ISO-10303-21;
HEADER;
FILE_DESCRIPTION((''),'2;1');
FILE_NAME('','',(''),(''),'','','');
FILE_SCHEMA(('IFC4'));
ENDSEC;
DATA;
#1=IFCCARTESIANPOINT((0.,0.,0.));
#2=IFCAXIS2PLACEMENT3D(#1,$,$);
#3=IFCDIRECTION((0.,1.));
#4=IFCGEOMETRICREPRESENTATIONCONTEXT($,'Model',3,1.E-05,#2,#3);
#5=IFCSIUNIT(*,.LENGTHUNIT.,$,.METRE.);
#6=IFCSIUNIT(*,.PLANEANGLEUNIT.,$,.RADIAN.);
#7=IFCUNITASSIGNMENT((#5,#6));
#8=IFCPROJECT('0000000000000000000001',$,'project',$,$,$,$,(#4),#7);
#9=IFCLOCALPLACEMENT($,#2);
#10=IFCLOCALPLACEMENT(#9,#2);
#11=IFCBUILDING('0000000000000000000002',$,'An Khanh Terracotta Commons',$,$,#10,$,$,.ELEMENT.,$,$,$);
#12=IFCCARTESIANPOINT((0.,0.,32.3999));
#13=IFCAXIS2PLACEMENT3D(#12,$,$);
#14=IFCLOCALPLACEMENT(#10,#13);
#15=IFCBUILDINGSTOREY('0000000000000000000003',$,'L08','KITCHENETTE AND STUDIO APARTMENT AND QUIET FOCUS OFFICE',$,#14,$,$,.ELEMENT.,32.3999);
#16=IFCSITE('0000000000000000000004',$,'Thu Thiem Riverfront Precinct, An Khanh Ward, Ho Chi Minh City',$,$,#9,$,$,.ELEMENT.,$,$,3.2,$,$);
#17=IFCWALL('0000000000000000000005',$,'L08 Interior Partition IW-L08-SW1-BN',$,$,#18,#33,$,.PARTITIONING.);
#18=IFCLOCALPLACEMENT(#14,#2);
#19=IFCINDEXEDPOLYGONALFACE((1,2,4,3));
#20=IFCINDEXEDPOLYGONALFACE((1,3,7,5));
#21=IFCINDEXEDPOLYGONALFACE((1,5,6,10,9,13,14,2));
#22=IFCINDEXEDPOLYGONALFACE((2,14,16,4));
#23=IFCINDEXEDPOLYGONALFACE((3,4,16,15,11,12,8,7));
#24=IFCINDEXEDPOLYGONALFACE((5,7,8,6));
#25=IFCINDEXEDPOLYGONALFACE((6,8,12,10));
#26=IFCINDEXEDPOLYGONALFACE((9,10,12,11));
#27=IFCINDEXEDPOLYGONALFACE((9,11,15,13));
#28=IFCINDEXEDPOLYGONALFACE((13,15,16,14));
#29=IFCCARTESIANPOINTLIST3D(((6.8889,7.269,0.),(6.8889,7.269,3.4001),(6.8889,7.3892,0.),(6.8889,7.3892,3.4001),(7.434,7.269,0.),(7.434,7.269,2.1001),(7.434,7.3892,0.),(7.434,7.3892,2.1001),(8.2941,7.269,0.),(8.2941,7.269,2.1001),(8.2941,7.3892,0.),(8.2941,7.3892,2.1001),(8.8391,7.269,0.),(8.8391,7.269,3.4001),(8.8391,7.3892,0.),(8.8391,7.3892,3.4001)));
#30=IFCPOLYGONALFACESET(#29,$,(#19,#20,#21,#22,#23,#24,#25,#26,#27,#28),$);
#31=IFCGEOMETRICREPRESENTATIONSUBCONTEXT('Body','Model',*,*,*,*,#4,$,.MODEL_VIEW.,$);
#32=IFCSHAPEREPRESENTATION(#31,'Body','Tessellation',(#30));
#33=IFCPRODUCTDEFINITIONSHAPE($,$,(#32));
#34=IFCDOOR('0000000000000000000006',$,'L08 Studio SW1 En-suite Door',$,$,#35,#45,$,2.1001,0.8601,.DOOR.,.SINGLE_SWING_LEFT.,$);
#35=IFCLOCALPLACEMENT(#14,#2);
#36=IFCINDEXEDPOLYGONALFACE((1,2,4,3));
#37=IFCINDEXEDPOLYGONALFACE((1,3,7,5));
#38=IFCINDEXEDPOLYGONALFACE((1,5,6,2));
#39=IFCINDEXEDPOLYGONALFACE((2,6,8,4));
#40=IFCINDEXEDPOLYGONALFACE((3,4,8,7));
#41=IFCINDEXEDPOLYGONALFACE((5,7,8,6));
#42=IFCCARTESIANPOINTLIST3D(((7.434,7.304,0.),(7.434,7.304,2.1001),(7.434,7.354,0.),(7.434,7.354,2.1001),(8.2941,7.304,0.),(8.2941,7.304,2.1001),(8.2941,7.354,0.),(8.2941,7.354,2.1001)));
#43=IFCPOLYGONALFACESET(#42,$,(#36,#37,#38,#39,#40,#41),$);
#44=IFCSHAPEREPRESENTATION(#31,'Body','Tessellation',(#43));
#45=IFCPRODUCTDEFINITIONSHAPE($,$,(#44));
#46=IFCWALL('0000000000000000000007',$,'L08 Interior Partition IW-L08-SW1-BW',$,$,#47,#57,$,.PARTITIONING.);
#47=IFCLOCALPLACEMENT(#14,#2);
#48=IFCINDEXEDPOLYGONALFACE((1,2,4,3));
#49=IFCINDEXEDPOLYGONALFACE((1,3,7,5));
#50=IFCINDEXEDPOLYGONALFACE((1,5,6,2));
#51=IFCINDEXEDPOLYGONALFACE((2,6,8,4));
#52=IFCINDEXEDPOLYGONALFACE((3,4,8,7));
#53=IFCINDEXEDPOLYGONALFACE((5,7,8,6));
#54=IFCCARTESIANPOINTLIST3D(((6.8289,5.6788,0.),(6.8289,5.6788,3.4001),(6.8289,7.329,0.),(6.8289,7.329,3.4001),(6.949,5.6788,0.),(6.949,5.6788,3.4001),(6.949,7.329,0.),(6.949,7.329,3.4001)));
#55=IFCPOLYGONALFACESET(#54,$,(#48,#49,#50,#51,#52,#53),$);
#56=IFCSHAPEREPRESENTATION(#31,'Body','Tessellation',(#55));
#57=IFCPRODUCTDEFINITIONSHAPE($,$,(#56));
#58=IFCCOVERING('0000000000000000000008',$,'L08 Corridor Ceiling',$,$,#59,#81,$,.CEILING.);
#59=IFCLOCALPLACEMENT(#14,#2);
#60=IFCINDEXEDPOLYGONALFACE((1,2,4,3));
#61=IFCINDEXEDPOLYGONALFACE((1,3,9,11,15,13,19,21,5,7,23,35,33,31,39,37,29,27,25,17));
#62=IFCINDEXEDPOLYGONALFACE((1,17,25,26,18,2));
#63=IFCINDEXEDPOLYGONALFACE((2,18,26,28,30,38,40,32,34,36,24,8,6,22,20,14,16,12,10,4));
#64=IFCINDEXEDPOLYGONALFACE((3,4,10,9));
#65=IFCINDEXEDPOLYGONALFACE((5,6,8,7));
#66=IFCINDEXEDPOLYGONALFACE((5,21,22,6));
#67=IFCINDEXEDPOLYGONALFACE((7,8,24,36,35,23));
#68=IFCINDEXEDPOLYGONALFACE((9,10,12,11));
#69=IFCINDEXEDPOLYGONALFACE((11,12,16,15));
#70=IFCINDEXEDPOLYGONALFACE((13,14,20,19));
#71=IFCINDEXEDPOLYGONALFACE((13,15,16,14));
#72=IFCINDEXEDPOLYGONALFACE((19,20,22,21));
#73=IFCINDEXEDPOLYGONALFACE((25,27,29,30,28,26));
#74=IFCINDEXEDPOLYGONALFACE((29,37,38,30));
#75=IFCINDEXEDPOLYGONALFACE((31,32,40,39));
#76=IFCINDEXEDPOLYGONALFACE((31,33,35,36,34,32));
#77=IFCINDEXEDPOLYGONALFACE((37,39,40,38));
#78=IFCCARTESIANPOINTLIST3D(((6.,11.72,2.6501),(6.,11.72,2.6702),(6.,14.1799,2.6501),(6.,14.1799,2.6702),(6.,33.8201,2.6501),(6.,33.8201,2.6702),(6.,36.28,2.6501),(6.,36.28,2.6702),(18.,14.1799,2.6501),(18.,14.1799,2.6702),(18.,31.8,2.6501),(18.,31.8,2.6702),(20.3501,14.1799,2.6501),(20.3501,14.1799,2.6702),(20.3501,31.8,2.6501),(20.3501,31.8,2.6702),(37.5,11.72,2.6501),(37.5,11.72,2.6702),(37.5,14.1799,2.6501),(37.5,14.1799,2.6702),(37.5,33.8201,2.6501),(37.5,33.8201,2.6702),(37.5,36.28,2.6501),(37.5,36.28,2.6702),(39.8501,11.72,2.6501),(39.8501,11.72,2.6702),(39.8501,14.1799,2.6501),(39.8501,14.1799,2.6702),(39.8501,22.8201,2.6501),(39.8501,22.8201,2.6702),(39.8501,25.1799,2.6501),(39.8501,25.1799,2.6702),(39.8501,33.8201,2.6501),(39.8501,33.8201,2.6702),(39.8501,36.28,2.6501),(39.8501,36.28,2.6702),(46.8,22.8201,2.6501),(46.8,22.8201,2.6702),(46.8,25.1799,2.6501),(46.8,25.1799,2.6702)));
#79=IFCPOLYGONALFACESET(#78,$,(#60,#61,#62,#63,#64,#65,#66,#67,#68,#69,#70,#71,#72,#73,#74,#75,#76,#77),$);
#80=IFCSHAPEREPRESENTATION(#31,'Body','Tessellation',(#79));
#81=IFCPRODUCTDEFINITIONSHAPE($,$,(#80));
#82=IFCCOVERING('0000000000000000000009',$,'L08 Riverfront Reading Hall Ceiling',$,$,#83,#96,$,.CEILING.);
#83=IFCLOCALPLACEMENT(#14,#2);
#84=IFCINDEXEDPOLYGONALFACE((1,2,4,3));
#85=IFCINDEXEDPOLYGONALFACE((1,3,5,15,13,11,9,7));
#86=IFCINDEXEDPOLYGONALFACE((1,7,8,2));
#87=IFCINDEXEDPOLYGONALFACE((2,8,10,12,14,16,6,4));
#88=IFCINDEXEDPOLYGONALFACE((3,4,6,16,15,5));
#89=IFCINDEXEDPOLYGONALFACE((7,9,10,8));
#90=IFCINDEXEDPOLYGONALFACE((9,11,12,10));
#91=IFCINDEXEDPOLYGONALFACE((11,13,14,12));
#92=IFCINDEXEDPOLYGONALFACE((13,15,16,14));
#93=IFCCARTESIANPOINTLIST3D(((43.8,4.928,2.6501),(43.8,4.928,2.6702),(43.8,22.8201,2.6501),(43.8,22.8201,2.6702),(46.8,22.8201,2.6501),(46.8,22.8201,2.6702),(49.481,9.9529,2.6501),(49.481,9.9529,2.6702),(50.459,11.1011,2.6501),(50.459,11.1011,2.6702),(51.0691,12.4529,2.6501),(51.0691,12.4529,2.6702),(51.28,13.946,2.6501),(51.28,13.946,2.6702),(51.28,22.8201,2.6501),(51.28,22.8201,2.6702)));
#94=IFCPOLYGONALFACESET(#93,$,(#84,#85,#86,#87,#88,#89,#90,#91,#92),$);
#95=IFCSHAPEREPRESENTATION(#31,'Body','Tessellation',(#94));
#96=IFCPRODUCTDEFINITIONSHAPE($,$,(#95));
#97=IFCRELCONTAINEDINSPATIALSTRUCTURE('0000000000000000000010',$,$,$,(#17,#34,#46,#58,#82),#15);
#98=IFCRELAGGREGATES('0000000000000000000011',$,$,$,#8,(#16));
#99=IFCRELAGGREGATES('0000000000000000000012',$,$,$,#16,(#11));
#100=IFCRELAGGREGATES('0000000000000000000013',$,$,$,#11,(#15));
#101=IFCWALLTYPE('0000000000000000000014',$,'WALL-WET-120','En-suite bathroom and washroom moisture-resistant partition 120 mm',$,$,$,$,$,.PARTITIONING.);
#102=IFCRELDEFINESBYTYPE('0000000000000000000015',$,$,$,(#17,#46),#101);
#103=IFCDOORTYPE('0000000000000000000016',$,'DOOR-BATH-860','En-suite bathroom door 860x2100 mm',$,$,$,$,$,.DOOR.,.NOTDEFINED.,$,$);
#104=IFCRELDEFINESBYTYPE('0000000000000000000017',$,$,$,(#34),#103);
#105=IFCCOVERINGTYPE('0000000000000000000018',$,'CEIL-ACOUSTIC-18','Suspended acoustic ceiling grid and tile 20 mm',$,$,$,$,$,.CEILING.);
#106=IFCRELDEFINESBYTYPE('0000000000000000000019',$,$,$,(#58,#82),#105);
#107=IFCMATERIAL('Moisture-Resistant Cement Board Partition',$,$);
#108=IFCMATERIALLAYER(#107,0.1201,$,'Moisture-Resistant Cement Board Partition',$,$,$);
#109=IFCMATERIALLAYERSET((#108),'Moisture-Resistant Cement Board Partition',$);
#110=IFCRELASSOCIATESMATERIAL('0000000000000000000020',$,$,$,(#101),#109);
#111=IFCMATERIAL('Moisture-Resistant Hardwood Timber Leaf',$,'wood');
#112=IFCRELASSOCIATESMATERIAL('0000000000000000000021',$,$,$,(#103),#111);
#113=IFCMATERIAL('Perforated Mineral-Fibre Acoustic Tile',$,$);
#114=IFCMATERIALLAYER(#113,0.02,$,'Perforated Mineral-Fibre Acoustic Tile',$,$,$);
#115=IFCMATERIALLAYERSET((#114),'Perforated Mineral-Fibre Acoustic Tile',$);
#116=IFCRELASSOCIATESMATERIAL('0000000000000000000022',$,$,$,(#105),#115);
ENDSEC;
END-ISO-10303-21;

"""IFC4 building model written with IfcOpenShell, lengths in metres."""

from ifc_helpers import new_model, si_unit, direction, frame, frame_2d, origin, place, context, subcontext, project, spatial, polyline, rectangle, outline, extrude, material, layer, layer_set, type_object, element, fill, save


model = new_model("IFC4")

# Units and contexts
model_context = context("Model", 3, precision=1e-05, world=origin(), true_north=direction((0.0, 1.0)))
body_context = subcontext(model_context, "Body", "Model", "MODEL_VIEW")
ifc_project = project(units=[si_unit("LENGTHUNIT", "METRE"), si_unit("PLANEANGLEUNIT", "RADIAN")], contexts=[model_context])

# Site, building, storey
site_placement = place(None, origin())
site = spatial("IfcSite", under=ifc_project, at=site_placement, Name="Thu Thiem Riverfront Precinct, An Khanh Ward, Ho Chi Minh City", CompositionType="ELEMENT", RefElevation=3.2)
building_placement = place(site_placement, origin())
building = spatial("IfcBuilding", under=site, at=building_placement, Name="An Khanh Terracotta Commons", CompositionType="ELEMENT")
storey_placement = place(building_placement, frame((0.0, 0.0, 32.3999)))
storey = spatial("IfcBuildingStorey", under=building, at=storey_placement, Name="L08", Description="KITCHENETTE AND STUDIO APARTMENT AND QUIET FOCUS OFFICE", CompositionType="ELEMENT", Elevation=32.3999)

# Wall, opening, door
ifc_material_1 = material(Name="Moisture-Resistant Cement Board Partition")
ifc_layer_1 = layer(ifc_material_1, 0.1201, Name="Moisture-Resistant Cement Board Partition")
ifc_layer_set_1 = layer_set([ifc_layer_1], Name="Moisture-Resistant Cement Board Partition")
wall_type_1 = type_object("IfcWallType", Name="WALL-WET-120", Description="En-suite bathroom and washroom moisture-resistant partition 120 mm", PredefinedType="PARTITIONING", material=ifc_layer_set_1)
wall_1_placement = place(storey_placement, frame((6.8889, 7.3291, 0.0), z_axis=(0.0, 0.0, 1.0), x_axis=(1.0, 0.0, 0.0)))
wall_1 = element("IfcWall", 1, at=wall_1_placement, inside=storey, type_object=wall_type_1, Name="L08 Interior Partition IW-L08-SW1-BN", PredefinedType="PARTITIONING", context=body_context, shape_type="SweptSolid", body=[
    extrude(rectangle(XDim=1.9502, YDim=0.1201, at=frame_2d((0.9751, 0.0))), origin(), (0.0, 0.0, 1.0), 3.4001),
])
opening_1_placement = place(wall_1_placement, frame((0.5449, 0.0, 0.0)))
opening_1 = element("IfcOpeningElement", 2, at=opening_1_placement, cuts=wall_1, PredefinedType="OPENING", context=body_context, shape_type="SweptSolid", body=[
    extrude(rectangle(XDim=0.8601, YDim=2.1001, at=frame_2d((0.4302, 1.05))), frame((0.0, 0.0701, 0.0), z_axis=(0.0, -1.0, 0.0), x_axis=(1.0, 0.0, 0.0)), (0.0, 0.0, 1.0), 0.1401),
])
ifc_material_2 = material(Name="Moisture-Resistant Hardwood Timber Leaf", Category="wood")
door_type_1 = type_object("IfcDoorType", Name="DOOR-BATH-860", Description="En-suite bathroom door 860x2100 mm", OperationType="NOTDEFINED", PredefinedType="DOOR", material=ifc_material_2)
door_1_placement = place(opening_1_placement, origin())
door_1 = element("IfcDoor", 3, at=door_1_placement, inside=storey, type_object=door_type_1, Name="L08 Studio SW1 En-suite Door", OperationType="SINGLE_SWING_LEFT", OverallHeight=2.1001, OverallWidth=0.8601, PredefinedType="DOOR", context=body_context, shape_type="SweptSolid", body=[
    extrude(rectangle(XDim=0.8601, YDim=2.1001, at=frame_2d((0.4302, 1.05))), frame((0.0, 0.0249, 0.0), z_axis=(0.0, -1.0, 0.0), x_axis=(1.0, 0.0, 0.0)), (0.0, 0.0, 1.0), 0.05),
])
fill(opening_1, door_1)

# Wall
wall_2_placement = place(storey_placement, frame((6.8889, 7.3291, 0.0), z_axis=(0.0, 0.0, 1.0), x_axis=(0.0, -1.0, 0.0)))
element("IfcWall", 4, at=wall_2_placement, inside=storey, type_object=wall_type_1, Name="L08 Interior Partition IW-L08-SW1-BW", PredefinedType="PARTITIONING", context=body_context, shape_type="SweptSolid", body=[
    extrude(rectangle(XDim=1.6501, YDim=0.1201, at=frame_2d((0.8252, 0.0))), origin(), (0.0, 0.0, 1.0), 3.4001),
])

# Coverings
ifc_material_3 = material(Name="Perforated Mineral-Fibre Acoustic Tile")
ifc_layer_2 = layer(ifc_material_3, 0.02, Name="Perforated Mineral-Fibre Acoustic Tile")
ifc_layer_set_2 = layer_set([ifc_layer_2], Name="Perforated Mineral-Fibre Acoustic Tile")
covering_type = type_object("IfcCoveringType", Name="CEIL-ACOUSTIC-18", Description="Suspended acoustic ceiling grid and tile 20 mm", PredefinedType="CEILING", material=ifc_layer_set_2)
covering_1_placement = place(storey_placement, frame((0.0, 0.0, 2.6501)))
element("IfcCovering", 5, at=covering_1_placement, inside=storey, type_object=covering_type, Name="L08 Corridor Ceiling", PredefinedType="CEILING", context=body_context, shape_type="SweptSolid", body=[
    extrude(outline(polyline([(37.5, 11.72), (6.0, 11.72), (6.0, 14.1799), (18.0, 14.1799), (18.0, 31.8), (20.3501, 31.8), (20.3501, 14.1799), (37.5, 14.1799), (37.5, 33.8201), (6.0, 33.8201), (6.0, 36.28), (37.5, 36.28), (39.8501, 36.28), (39.8501, 33.8201), (39.8501, 25.1799), (46.8, 25.1799), (46.8, 22.8201), (39.8501, 22.8201), (39.8501, 14.1799), (39.8501, 11.72), (37.5, 11.72)])), origin(), (0.0, 0.0, 1.0), 0.02),
])
covering_2_placement = place(storey_placement, frame((0.0, 0.0, 2.6501)))
element("IfcCovering", 6, at=covering_2_placement, inside=storey, type_object=covering_type, Name="L08 Riverfront Reading Hall Ceiling", PredefinedType="CEILING", context=body_context, shape_type="SweptSolid", body=[
    extrude(outline(polyline([(51.28, 13.946), (51.0691, 12.4529), (50.459, 11.1011), (49.481, 9.9529), (43.8, 4.928), (43.8, 22.8201), (46.8, 22.8201), (51.28, 22.8201), (51.28, 13.946)])), origin(), (0.0, 0.0, 1.0), 0.02),
])

save(model, "model.ifc")
